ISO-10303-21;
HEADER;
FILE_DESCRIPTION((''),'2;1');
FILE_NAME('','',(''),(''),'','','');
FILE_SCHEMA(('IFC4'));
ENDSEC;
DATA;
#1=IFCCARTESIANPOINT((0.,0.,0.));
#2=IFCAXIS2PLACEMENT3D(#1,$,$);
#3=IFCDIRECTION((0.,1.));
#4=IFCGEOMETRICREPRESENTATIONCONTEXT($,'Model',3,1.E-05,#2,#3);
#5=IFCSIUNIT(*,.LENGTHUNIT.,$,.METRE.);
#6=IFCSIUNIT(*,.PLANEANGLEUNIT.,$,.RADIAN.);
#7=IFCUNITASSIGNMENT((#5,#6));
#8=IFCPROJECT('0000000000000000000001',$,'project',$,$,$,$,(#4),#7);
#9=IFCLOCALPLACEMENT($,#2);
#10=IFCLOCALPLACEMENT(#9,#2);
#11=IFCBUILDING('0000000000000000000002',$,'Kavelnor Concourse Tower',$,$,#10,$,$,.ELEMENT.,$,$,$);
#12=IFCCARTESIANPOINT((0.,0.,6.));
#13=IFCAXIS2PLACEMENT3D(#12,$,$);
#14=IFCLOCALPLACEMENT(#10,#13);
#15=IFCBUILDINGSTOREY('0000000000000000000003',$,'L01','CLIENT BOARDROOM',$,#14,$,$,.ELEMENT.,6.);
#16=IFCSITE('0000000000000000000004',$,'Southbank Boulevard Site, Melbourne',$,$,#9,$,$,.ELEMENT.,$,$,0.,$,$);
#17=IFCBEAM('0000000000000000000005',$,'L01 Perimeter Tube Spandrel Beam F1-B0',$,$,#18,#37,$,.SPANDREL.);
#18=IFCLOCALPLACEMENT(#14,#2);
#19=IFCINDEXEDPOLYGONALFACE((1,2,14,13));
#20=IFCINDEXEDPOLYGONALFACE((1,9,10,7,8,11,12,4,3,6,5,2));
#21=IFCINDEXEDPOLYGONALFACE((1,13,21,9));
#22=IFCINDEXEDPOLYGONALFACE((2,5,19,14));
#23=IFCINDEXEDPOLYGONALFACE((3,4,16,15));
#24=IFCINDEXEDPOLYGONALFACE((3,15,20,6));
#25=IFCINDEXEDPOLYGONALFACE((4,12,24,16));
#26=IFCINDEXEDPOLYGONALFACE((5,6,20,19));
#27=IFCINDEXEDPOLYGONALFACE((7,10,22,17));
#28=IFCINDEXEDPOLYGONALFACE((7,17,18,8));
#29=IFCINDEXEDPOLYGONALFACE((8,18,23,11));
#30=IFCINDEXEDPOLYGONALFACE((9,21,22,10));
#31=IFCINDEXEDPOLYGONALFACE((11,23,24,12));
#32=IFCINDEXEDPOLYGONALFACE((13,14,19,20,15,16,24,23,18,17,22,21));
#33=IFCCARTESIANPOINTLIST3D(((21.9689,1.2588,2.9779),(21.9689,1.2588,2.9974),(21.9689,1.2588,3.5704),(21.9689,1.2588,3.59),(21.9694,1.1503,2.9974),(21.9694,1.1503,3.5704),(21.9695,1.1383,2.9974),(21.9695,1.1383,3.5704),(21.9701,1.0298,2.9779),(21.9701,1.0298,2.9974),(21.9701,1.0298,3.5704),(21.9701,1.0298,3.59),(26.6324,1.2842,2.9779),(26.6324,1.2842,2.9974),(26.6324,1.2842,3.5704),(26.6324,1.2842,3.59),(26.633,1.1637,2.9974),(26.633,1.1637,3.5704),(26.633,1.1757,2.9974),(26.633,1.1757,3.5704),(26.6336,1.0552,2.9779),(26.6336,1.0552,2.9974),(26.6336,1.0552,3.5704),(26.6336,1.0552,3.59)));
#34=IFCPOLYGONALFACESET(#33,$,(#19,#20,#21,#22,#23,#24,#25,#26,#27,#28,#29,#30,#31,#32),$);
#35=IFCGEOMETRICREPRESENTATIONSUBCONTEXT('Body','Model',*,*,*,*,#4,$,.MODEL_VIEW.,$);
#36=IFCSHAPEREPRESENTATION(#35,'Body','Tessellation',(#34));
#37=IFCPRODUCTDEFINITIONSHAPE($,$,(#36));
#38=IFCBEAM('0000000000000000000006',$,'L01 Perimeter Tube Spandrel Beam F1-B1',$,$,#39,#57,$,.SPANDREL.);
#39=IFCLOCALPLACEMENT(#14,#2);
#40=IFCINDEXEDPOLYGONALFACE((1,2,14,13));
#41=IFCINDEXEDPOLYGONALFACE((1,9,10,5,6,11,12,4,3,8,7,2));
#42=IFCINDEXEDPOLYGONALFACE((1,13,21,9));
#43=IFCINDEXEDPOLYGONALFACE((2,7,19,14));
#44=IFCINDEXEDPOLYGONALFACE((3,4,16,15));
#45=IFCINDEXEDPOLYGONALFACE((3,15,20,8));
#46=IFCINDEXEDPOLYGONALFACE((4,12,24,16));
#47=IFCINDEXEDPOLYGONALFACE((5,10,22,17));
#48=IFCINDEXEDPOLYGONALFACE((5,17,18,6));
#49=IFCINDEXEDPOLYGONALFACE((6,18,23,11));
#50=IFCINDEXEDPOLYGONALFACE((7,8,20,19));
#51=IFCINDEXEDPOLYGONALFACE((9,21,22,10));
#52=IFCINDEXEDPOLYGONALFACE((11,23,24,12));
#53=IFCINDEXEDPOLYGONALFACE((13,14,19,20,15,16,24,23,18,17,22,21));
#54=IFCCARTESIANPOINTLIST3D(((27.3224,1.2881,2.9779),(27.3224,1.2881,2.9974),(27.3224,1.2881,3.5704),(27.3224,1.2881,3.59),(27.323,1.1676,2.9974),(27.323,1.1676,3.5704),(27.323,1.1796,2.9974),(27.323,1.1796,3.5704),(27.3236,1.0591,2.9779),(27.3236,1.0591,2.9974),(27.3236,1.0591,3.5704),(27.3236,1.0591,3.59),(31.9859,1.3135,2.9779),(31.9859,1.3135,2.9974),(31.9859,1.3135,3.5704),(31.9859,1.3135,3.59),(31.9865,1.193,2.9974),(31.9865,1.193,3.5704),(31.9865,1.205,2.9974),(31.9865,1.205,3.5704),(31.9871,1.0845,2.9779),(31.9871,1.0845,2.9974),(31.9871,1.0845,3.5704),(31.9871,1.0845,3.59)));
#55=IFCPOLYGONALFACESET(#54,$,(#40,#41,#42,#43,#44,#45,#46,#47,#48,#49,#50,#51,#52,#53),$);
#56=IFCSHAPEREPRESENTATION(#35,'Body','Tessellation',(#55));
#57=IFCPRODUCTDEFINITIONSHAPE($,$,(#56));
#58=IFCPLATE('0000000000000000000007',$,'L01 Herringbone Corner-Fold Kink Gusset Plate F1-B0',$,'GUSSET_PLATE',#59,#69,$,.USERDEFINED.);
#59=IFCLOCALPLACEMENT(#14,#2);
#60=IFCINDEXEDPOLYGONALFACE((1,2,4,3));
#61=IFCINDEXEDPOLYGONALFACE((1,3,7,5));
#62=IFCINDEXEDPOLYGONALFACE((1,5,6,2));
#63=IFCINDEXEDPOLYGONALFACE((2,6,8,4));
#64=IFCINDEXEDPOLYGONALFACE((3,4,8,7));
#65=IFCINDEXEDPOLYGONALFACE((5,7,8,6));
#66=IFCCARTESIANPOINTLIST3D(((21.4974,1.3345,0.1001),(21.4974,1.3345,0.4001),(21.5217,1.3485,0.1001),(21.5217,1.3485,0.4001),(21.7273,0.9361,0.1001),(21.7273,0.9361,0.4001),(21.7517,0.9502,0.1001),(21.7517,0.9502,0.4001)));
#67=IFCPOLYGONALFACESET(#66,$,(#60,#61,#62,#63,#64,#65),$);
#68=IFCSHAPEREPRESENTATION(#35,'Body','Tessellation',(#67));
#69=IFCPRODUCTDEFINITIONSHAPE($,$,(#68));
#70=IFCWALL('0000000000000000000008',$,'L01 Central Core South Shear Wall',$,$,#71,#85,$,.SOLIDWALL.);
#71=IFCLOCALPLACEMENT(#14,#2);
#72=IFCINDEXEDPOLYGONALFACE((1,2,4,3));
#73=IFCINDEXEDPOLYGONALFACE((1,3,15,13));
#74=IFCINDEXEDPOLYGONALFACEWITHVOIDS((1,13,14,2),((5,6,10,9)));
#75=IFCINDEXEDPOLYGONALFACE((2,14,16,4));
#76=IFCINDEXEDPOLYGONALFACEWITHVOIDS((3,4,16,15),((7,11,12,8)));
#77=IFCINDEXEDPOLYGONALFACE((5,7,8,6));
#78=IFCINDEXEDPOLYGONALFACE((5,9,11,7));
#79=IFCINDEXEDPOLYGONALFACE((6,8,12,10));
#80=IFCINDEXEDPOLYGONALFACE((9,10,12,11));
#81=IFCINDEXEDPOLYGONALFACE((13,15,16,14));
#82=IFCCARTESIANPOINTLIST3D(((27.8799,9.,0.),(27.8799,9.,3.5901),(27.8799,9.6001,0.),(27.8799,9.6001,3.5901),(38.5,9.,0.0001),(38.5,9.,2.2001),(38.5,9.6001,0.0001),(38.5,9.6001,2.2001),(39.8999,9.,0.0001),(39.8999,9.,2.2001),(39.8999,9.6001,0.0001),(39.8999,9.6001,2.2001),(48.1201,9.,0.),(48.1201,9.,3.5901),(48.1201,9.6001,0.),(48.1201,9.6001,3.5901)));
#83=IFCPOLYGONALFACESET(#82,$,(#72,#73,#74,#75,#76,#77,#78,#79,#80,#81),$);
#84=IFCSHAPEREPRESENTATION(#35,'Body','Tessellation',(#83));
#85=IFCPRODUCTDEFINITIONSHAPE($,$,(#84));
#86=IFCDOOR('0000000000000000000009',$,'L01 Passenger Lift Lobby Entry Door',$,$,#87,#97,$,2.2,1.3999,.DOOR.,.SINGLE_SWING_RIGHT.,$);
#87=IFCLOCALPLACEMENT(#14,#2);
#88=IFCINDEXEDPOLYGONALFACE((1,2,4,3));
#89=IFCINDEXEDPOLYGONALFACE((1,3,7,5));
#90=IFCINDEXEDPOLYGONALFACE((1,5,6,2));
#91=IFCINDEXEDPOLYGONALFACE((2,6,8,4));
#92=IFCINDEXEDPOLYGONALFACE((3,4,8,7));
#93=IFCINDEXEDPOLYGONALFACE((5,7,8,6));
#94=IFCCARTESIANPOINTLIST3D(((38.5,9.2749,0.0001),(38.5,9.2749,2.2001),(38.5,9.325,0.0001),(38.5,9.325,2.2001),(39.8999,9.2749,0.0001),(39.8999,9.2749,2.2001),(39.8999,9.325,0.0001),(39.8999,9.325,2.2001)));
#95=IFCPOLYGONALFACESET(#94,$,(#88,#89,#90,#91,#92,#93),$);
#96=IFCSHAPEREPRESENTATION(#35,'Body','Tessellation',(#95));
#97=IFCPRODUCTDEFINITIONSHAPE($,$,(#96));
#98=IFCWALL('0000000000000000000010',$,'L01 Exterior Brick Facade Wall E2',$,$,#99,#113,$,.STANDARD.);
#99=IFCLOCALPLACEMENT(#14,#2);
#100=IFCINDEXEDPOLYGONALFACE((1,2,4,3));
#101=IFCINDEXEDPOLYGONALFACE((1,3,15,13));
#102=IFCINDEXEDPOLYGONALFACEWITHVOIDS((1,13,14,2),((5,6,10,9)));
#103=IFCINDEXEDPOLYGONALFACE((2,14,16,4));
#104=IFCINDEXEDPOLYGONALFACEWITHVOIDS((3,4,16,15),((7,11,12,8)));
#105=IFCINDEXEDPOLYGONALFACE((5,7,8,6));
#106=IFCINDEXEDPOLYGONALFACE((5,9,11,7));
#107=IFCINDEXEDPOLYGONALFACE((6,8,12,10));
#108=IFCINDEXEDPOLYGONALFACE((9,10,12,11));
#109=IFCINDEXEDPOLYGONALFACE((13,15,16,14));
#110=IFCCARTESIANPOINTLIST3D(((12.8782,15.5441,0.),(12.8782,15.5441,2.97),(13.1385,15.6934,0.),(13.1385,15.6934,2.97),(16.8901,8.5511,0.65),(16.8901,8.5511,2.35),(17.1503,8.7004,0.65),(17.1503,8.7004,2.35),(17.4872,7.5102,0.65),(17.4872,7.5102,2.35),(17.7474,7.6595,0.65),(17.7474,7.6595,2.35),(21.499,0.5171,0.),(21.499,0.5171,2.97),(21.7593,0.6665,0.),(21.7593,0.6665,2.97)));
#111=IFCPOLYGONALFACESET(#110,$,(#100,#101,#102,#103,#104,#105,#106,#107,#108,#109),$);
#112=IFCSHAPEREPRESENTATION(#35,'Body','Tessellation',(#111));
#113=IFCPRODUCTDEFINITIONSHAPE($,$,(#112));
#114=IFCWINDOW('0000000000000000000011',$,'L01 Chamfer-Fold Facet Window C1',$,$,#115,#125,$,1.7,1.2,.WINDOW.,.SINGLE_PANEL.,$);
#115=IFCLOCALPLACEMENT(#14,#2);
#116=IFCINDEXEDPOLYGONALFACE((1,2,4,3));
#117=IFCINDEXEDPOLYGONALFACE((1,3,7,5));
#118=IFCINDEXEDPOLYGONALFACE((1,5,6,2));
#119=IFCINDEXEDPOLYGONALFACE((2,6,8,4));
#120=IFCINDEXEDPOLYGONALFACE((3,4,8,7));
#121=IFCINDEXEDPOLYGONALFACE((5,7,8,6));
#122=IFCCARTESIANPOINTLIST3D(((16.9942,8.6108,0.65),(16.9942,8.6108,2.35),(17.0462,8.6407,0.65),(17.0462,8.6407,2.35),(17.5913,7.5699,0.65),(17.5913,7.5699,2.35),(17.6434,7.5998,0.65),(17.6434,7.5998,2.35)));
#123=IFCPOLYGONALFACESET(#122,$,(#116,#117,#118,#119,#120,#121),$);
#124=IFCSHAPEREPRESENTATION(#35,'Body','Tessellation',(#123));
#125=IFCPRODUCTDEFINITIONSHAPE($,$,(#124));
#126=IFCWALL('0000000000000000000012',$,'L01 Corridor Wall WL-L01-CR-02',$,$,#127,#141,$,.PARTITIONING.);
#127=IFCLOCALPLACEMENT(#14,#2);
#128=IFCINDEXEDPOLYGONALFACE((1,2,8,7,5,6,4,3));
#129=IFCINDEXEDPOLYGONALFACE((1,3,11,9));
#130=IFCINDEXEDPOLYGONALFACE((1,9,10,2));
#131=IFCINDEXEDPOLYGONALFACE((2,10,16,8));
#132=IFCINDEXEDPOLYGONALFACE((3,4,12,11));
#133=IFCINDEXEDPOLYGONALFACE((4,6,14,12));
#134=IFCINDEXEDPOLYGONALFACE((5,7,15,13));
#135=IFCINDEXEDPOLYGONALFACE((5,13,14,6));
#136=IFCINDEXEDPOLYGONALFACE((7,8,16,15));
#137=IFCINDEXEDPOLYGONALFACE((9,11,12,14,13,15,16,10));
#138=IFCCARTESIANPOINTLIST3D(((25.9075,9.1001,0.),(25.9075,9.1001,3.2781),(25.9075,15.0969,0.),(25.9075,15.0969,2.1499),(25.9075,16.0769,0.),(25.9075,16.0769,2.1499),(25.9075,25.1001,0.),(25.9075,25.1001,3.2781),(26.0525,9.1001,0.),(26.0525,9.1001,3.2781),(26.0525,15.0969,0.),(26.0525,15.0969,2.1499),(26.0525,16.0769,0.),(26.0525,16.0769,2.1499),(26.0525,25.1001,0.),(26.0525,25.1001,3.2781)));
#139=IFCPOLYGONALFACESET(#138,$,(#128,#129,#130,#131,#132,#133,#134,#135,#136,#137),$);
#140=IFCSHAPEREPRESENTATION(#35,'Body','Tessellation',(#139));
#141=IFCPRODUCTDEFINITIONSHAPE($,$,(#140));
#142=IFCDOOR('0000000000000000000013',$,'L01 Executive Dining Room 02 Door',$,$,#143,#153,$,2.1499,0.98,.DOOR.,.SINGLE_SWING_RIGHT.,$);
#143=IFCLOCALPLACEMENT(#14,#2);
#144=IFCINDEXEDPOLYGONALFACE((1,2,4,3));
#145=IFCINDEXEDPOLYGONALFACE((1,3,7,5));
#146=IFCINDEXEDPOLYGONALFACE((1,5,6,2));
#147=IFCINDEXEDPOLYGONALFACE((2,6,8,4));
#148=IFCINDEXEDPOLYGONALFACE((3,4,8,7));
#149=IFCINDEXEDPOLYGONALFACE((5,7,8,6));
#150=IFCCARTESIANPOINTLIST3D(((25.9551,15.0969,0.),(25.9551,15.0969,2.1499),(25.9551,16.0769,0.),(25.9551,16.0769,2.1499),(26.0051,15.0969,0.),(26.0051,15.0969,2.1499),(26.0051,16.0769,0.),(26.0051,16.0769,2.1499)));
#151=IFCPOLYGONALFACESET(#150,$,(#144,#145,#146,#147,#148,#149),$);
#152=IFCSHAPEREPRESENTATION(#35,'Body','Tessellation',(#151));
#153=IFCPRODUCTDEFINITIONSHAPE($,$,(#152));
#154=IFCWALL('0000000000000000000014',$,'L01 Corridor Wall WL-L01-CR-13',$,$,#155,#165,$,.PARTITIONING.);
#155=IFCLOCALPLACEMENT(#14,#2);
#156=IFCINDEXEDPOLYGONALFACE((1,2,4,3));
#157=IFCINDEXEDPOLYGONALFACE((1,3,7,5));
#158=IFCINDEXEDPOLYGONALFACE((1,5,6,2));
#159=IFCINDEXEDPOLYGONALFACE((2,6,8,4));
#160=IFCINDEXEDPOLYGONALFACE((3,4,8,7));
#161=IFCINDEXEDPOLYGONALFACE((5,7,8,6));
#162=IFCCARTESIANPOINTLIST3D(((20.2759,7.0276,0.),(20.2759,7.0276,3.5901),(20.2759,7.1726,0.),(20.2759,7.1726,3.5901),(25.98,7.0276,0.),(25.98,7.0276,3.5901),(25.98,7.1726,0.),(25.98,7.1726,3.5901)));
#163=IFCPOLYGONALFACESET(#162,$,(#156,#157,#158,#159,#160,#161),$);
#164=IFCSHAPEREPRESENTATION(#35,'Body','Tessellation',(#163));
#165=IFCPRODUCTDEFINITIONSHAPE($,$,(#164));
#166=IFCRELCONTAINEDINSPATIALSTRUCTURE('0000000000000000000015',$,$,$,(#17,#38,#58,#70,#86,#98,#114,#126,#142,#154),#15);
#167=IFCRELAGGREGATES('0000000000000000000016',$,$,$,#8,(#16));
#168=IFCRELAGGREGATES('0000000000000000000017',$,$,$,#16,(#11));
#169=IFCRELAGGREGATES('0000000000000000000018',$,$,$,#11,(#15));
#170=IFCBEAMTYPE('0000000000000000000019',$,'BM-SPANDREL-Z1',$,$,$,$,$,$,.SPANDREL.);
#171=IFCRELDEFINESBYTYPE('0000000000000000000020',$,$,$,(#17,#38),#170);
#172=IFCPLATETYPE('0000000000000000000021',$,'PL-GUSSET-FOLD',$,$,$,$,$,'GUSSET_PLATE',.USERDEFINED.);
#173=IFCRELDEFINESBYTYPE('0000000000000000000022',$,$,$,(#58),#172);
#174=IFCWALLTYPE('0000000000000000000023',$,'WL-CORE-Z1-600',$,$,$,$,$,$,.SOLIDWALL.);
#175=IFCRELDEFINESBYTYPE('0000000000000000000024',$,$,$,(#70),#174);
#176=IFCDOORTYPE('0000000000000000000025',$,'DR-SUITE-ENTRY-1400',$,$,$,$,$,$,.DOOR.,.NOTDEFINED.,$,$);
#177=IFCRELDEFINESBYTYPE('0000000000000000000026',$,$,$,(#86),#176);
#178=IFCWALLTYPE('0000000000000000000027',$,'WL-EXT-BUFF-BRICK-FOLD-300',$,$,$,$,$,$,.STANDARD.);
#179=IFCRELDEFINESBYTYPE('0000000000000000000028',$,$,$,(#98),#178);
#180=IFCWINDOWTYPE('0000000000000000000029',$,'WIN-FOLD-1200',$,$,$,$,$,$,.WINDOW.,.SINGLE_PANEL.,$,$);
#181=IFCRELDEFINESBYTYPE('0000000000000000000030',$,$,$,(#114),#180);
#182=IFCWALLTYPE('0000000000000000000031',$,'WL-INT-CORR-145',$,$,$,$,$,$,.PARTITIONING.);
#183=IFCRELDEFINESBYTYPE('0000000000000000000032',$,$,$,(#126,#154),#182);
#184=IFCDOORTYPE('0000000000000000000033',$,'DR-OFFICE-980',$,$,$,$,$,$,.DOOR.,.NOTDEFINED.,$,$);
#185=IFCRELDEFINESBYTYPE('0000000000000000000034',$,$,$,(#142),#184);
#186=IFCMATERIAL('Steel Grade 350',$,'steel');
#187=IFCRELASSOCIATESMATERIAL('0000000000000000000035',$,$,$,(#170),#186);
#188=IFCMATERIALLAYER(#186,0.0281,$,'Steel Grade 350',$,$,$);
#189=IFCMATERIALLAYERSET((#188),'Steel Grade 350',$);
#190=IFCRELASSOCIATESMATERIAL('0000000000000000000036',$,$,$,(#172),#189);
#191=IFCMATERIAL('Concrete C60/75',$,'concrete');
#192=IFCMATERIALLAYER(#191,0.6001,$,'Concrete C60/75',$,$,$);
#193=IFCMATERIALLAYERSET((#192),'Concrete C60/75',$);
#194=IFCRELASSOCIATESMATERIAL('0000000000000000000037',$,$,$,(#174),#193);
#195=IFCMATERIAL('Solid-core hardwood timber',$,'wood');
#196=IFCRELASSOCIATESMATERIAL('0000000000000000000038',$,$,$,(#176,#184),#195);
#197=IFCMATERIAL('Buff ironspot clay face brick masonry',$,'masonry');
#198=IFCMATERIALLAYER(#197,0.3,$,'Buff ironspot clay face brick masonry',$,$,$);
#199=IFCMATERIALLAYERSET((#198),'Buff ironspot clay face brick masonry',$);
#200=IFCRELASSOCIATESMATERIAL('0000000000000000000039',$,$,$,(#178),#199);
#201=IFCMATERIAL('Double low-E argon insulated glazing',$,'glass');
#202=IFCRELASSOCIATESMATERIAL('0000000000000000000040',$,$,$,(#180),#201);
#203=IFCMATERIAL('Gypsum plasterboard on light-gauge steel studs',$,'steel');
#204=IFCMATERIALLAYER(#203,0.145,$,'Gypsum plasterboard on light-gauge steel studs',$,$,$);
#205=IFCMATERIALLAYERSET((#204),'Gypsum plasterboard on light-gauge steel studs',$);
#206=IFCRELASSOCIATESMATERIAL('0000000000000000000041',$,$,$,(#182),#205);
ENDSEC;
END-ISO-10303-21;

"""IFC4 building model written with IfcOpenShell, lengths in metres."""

from ifc_helpers import new_model, si_unit, direction, frame, frame_2d, origin, origin_2d, place, context, subcontext, project, spatial, rectangle, i_section, extrude, material, layer, layer_set, material_profile, profile_set, type_object, element, fill, save


model = new_model("IFC4")

# Units and contexts
model_context = context("Model", 3, precision=1e-05, world=origin(), true_north=direction((0.0, 1.0)))
body_context = subcontext(model_context, "Body", "Model", "MODEL_VIEW")
ifc_project = project(units=[si_unit("LENGTHUNIT", "METRE"), si_unit("PLANEANGLEUNIT", "RADIAN")], contexts=[model_context])

# Site, building, storey
site_placement = place(None, origin())
site = spatial("IfcSite", under=ifc_project, at=site_placement, Name="Southbank Boulevard Site, Melbourne", CompositionType="ELEMENT", RefElevation=0.0)
building_placement = place(site_placement, origin())
building = spatial("IfcBuilding", under=site, at=building_placement, Name="Kavelnor Concourse Tower", CompositionType="ELEMENT")
storey_placement = place(building_placement, frame((0.0, 0.0, 6.0)))
storey = spatial("IfcBuildingStorey", under=building, at=storey_placement, Name="L01", Description="CLIENT BOARDROOM", CompositionType="ELEMENT", Elevation=6.0)

# Shared definitions
ifc_material_1 = material(Name="Steel Grade 350", Category="steel")

# Beams
ifc_material_profile_1 = material_profile(ifc_material_1, i_section(OverallWidth=0.229, OverallDepth=0.6121, WebThickness=0.012, FlangeThickness=0.0195, at=origin_2d()), Name="610UB125")
ifc_profile_set_1 = profile_set([ifc_material_profile_1], Name="Steel Grade 350")
beam_type_1 = type_object("IfcBeamType", Name="BM-SPANDREL-Z1", PredefinedType="SPANDREL", material=ifc_profile_set_1)
for number, where, z_axis, x_axis, name in (
    (1, (21.9695, 1.1443, 3.2839), (0.999985, 0.005444, 0.0), (-0.005444, 0.999985, 0.0), "L01 Perimeter Tube Spandrel Beam F1-B0"),
    (2, (27.323, 1.1736, 3.2839), (0.999985, 0.005444, 0.0), (-0.005444, 0.999985, 0.0), "L01 Perimeter Tube Spandrel Beam F1-B1"),
):
    element("IfcBeam", number, at=place(storey_placement, frame(where, z_axis=z_axis, x_axis=x_axis)), inside=storey, type_object=beam_type_1, Name=name, PredefinedType="SPANDREL", context=body_context, shape_type="SweptSolid", body=[
        extrude(i_section(OverallWidth=0.229, OverallDepth=0.6121, WebThickness=0.012, FlangeThickness=0.0195, at=origin_2d()), origin(), (0.0, 0.0, 1.0), 4.6636),
    ])

# Plate
ifc_layer_1 = layer(ifc_material_1, 0.0281, Name="Steel Grade 350")
ifc_layer_set_1 = layer_set([ifc_layer_1], Name="Steel Grade 350")
plate_type = type_object("IfcPlateType", Name="PL-GUSSET-FOLD", ElementType="GUSSET_PLATE", PredefinedType="USERDEFINED", material=ifc_layer_set_1)
plate_placement = place(storey_placement, frame((21.6245, 1.1423, 0.1001), z_axis=(0.0, 0.0, 1.0), x_axis=(-0.5, 0.866025, 0.0)))
element("IfcPlate", 3, at=plate_placement, inside=storey, type_object=plate_type, Name="L01 Herringbone Corner-Fold Kink Gusset Plate F1-B0", ObjectType="GUSSET_PLATE", PredefinedType="USERDEFINED", context=body_context, shape_type="SweptSolid", body=[
    extrude(rectangle(XDim=0.46, YDim=0.0281, at=origin_2d()), origin(), (0.0, 0.0, 1.0), 0.3),
])

# Wall, opening, door
ifc_material_2 = material(Name="Concrete C60/75", Category="concrete")
ifc_layer_2 = layer(ifc_material_2, 0.6001, Name="Concrete C60/75")
ifc_layer_set_2 = layer_set([ifc_layer_2], Name="Concrete C60/75")
wall_type_1 = type_object("IfcWallType", Name="WL-CORE-Z1-600", PredefinedType="SOLIDWALL", material=ifc_layer_set_2)
wall_1_placement = place(storey_placement, frame((27.8799, 9.3, 0.0), z_axis=(0.0, 0.0, 1.0), x_axis=(1.0, 0.0, 0.0)))
wall_1 = element("IfcWall", 4, at=wall_1_placement, inside=storey, type_object=wall_type_1, Name="L01 Central Core South Shear Wall", PredefinedType="SOLIDWALL", context=body_context, shape_type="SweptSolid", body=[
    extrude(rectangle(XDim=20.2402, YDim=0.6001, at=frame_2d((10.1201, 0.0))), origin(), (0.0, 0.0, 1.0), 3.5901),
])
opening_1_placement = place(wall_1_placement, frame((10.6201, 0.0, 0.0)))
opening_1 = element("IfcOpeningElement", 5, at=opening_1_placement, cuts=wall_1, PredefinedType="OPENING", context=body_context, shape_type="SweptSolid", body=[
    extrude(rectangle(XDim=1.3999, YDim=2.2, at=frame_2d((0.7, 1.1001))), frame((0.0, 0.3101, 0.0), z_axis=(0.0, -1.0, 0.0), x_axis=(1.0, 0.0, 0.0)), (0.0, 0.0, 1.0), 0.6201),
])
ifc_material_3 = material(Name="Solid-core hardwood timber", Category="wood")
door_type_1 = type_object("IfcDoorType", Name="DR-SUITE-ENTRY-1400", OperationType="NOTDEFINED", PredefinedType="DOOR", material=ifc_material_3)
door_1_placement = place(opening_1_placement, origin())
door_1 = element("IfcDoor", 6, at=door_1_placement, inside=storey, type_object=door_type_1, Name="L01 Passenger Lift Lobby Entry Door", OperationType="SINGLE_SWING_RIGHT", OverallHeight=2.2, OverallWidth=1.3999, PredefinedType="DOOR", context=body_context, shape_type="SweptSolid", body=[
    extrude(rectangle(XDim=1.3999, YDim=2.2, at=frame_2d((0.7, 1.1001))), frame((0.0, 0.0249, 0.0), z_axis=(0.0, -1.0, 0.0), x_axis=(1.0, 0.0, 0.0)), (0.0, 0.0, 1.0), 0.05),
])
fill(opening_1, door_1)

# Wall, opening, window
ifc_material_4 = material(Name="Buff ironspot clay face brick masonry", Category="masonry")
ifc_layer_3 = layer(ifc_material_4, 0.3, Name="Buff ironspot clay face brick masonry")
ifc_layer_set_3 = layer_set([ifc_layer_3], Name="Buff ironspot clay face brick masonry")
wall_type_2 = type_object("IfcWallType", Name="WL-EXT-BUFF-BRICK-FOLD-300", PredefinedType="STANDARD", material=ifc_layer_set_3)
wall_2_placement = place(storey_placement, frame((21.6292, 0.5918, 0.0), z_axis=(0.0, 0.0, 1.0), x_axis=(-0.497615, 0.867398, 0.0)))
wall_2 = element("IfcWall", 7, at=wall_2_placement, inside=storey, type_object=wall_type_2, Name="L01 Exterior Brick Facade Wall E2", PredefinedType="STANDARD", context=body_context, shape_type="SweptSolid", body=[
    extrude(rectangle(XDim=17.3242, YDim=0.3, at=frame_2d((8.6621, 0.0))), origin(), (0.0, 0.0, 1.0), 2.97),
])
opening_2_placement = place(wall_2_placement, frame((8.062, 0.0, 0.6499)))
opening_2 = element("IfcOpeningElement", 8, at=opening_2_placement, cuts=wall_2, PredefinedType="OPENING", context=body_context, shape_type="SweptSolid", body=[
    extrude(rectangle(XDim=1.2, YDim=1.7, at=frame_2d((0.6001, 0.8501))), frame((0.0, 0.1602, 0.0), z_axis=(0.0, -1.0, 0.0), x_axis=(1.0, 0.0, 0.0)), (0.0, 0.0, 1.0), 0.3201),
])
ifc_material_5 = material(Name="Double low-E argon insulated glazing", Category="glass")
window_type = type_object("IfcWindowType", Name="WIN-FOLD-1200", PartitioningType="SINGLE_PANEL", PredefinedType="WINDOW", material=ifc_material_5)
window_placement = place(opening_2_placement, origin())
window = element("IfcWindow", 9, at=window_placement, inside=storey, type_object=window_type, Name="L01 Chamfer-Fold Facet Window C1", OverallHeight=1.7, OverallWidth=1.2, PartitioningType="SINGLE_PANEL", PredefinedType="WINDOW", context=body_context, shape_type="SweptSolid", body=[
    extrude(rectangle(XDim=1.2, YDim=1.7, at=frame_2d((0.6001, 0.8501))), frame((0.0, 0.03, 0.0), z_axis=(0.0, -1.0, 0.0), x_axis=(1.0, 0.0, 0.0)), (0.0, 0.0, 1.0), 0.0601),
])
fill(opening_2, window)

# Wall, opening, door
ifc_material_6 = material(Name="Gypsum plasterboard on light-gauge steel studs", Category="steel")
ifc_layer_4 = layer(ifc_material_6, 0.145, Name="Gypsum plasterboard on light-gauge steel studs")
ifc_layer_set_4 = layer_set([ifc_layer_4], Name="Gypsum plasterboard on light-gauge steel studs")
wall_type_3 = type_object("IfcWallType", Name="WL-INT-CORR-145", PredefinedType="PARTITIONING", material=ifc_layer_set_4)
wall_3_placement = place(storey_placement, frame((25.98, 9.1001, 0.0), z_axis=(0.0, 0.0, 1.0), x_axis=(0.0, 1.0, 0.0)))
wall_3 = element("IfcWall", 10, at=wall_3_placement, inside=storey, type_object=wall_type_3, Name="L01 Corridor Wall WL-L01-CR-02", PredefinedType="PARTITIONING", context=body_context, shape_type="SweptSolid", body=[
    extrude(rectangle(XDim=16.0, YDim=0.145, at=frame_2d((8.0, 0.0))), origin(), (0.0, 0.0, 1.0), 3.2781),
])
opening_3_placement = place(wall_3_placement, frame((5.9968, 0.0, 0.0)))
opening_3 = element("IfcOpeningElement", 11, at=opening_3_placement, cuts=wall_3, PredefinedType="OPENING", context=body_context, shape_type="SweptSolid", body=[
    extrude(rectangle(XDim=0.98, YDim=2.1499, at=frame_2d((0.49, 1.075))), frame((0.0, 0.0825, 0.0), z_axis=(0.0, -1.0, 0.0), x_axis=(1.0, 0.0, 0.0)), (0.0, 0.0, 1.0), 0.165),
])
door_type_2 = type_object("IfcDoorType", Name="DR-OFFICE-980", OperationType="NOTDEFINED", PredefinedType="DOOR", material=ifc_material_3)
door_2_placement = place(opening_3_placement, origin())
door_2 = element("IfcDoor", 12, at=door_2_placement, inside=storey, type_object=door_type_2, Name="L01 Executive Dining Room 02 Door", OperationType="SINGLE_SWING_RIGHT", OverallHeight=2.1499, OverallWidth=0.98, PredefinedType="DOOR", context=body_context, shape_type="SweptSolid", body=[
    extrude(rectangle(XDim=0.98, YDim=2.1499, at=frame_2d((0.49, 1.075))), frame((0.0, 0.0249, 0.0), z_axis=(0.0, -1.0, 0.0), x_axis=(1.0, 0.0, 0.0)), (0.0, 0.0, 1.0), 0.05),
])
fill(opening_3, door_2)

# Wall
wall_4_placement = place(storey_placement, frame((25.98, 7.1001, 0.0), z_axis=(0.0, 0.0, 1.0), x_axis=(-1.0, 0.0, 0.0)))
element("IfcWall", 13, at=wall_4_placement, inside=storey, type_object=wall_type_3, Name="L01 Corridor Wall WL-L01-CR-13", PredefinedType="PARTITIONING", context=body_context, shape_type="SweptSolid", body=[
    extrude(rectangle(XDim=5.7041, YDim=0.145, at=frame_2d((2.8521, 0.0))), origin(), (0.0, 0.0, 1.0), 3.5901),
])

save(model, "model.ifc")
